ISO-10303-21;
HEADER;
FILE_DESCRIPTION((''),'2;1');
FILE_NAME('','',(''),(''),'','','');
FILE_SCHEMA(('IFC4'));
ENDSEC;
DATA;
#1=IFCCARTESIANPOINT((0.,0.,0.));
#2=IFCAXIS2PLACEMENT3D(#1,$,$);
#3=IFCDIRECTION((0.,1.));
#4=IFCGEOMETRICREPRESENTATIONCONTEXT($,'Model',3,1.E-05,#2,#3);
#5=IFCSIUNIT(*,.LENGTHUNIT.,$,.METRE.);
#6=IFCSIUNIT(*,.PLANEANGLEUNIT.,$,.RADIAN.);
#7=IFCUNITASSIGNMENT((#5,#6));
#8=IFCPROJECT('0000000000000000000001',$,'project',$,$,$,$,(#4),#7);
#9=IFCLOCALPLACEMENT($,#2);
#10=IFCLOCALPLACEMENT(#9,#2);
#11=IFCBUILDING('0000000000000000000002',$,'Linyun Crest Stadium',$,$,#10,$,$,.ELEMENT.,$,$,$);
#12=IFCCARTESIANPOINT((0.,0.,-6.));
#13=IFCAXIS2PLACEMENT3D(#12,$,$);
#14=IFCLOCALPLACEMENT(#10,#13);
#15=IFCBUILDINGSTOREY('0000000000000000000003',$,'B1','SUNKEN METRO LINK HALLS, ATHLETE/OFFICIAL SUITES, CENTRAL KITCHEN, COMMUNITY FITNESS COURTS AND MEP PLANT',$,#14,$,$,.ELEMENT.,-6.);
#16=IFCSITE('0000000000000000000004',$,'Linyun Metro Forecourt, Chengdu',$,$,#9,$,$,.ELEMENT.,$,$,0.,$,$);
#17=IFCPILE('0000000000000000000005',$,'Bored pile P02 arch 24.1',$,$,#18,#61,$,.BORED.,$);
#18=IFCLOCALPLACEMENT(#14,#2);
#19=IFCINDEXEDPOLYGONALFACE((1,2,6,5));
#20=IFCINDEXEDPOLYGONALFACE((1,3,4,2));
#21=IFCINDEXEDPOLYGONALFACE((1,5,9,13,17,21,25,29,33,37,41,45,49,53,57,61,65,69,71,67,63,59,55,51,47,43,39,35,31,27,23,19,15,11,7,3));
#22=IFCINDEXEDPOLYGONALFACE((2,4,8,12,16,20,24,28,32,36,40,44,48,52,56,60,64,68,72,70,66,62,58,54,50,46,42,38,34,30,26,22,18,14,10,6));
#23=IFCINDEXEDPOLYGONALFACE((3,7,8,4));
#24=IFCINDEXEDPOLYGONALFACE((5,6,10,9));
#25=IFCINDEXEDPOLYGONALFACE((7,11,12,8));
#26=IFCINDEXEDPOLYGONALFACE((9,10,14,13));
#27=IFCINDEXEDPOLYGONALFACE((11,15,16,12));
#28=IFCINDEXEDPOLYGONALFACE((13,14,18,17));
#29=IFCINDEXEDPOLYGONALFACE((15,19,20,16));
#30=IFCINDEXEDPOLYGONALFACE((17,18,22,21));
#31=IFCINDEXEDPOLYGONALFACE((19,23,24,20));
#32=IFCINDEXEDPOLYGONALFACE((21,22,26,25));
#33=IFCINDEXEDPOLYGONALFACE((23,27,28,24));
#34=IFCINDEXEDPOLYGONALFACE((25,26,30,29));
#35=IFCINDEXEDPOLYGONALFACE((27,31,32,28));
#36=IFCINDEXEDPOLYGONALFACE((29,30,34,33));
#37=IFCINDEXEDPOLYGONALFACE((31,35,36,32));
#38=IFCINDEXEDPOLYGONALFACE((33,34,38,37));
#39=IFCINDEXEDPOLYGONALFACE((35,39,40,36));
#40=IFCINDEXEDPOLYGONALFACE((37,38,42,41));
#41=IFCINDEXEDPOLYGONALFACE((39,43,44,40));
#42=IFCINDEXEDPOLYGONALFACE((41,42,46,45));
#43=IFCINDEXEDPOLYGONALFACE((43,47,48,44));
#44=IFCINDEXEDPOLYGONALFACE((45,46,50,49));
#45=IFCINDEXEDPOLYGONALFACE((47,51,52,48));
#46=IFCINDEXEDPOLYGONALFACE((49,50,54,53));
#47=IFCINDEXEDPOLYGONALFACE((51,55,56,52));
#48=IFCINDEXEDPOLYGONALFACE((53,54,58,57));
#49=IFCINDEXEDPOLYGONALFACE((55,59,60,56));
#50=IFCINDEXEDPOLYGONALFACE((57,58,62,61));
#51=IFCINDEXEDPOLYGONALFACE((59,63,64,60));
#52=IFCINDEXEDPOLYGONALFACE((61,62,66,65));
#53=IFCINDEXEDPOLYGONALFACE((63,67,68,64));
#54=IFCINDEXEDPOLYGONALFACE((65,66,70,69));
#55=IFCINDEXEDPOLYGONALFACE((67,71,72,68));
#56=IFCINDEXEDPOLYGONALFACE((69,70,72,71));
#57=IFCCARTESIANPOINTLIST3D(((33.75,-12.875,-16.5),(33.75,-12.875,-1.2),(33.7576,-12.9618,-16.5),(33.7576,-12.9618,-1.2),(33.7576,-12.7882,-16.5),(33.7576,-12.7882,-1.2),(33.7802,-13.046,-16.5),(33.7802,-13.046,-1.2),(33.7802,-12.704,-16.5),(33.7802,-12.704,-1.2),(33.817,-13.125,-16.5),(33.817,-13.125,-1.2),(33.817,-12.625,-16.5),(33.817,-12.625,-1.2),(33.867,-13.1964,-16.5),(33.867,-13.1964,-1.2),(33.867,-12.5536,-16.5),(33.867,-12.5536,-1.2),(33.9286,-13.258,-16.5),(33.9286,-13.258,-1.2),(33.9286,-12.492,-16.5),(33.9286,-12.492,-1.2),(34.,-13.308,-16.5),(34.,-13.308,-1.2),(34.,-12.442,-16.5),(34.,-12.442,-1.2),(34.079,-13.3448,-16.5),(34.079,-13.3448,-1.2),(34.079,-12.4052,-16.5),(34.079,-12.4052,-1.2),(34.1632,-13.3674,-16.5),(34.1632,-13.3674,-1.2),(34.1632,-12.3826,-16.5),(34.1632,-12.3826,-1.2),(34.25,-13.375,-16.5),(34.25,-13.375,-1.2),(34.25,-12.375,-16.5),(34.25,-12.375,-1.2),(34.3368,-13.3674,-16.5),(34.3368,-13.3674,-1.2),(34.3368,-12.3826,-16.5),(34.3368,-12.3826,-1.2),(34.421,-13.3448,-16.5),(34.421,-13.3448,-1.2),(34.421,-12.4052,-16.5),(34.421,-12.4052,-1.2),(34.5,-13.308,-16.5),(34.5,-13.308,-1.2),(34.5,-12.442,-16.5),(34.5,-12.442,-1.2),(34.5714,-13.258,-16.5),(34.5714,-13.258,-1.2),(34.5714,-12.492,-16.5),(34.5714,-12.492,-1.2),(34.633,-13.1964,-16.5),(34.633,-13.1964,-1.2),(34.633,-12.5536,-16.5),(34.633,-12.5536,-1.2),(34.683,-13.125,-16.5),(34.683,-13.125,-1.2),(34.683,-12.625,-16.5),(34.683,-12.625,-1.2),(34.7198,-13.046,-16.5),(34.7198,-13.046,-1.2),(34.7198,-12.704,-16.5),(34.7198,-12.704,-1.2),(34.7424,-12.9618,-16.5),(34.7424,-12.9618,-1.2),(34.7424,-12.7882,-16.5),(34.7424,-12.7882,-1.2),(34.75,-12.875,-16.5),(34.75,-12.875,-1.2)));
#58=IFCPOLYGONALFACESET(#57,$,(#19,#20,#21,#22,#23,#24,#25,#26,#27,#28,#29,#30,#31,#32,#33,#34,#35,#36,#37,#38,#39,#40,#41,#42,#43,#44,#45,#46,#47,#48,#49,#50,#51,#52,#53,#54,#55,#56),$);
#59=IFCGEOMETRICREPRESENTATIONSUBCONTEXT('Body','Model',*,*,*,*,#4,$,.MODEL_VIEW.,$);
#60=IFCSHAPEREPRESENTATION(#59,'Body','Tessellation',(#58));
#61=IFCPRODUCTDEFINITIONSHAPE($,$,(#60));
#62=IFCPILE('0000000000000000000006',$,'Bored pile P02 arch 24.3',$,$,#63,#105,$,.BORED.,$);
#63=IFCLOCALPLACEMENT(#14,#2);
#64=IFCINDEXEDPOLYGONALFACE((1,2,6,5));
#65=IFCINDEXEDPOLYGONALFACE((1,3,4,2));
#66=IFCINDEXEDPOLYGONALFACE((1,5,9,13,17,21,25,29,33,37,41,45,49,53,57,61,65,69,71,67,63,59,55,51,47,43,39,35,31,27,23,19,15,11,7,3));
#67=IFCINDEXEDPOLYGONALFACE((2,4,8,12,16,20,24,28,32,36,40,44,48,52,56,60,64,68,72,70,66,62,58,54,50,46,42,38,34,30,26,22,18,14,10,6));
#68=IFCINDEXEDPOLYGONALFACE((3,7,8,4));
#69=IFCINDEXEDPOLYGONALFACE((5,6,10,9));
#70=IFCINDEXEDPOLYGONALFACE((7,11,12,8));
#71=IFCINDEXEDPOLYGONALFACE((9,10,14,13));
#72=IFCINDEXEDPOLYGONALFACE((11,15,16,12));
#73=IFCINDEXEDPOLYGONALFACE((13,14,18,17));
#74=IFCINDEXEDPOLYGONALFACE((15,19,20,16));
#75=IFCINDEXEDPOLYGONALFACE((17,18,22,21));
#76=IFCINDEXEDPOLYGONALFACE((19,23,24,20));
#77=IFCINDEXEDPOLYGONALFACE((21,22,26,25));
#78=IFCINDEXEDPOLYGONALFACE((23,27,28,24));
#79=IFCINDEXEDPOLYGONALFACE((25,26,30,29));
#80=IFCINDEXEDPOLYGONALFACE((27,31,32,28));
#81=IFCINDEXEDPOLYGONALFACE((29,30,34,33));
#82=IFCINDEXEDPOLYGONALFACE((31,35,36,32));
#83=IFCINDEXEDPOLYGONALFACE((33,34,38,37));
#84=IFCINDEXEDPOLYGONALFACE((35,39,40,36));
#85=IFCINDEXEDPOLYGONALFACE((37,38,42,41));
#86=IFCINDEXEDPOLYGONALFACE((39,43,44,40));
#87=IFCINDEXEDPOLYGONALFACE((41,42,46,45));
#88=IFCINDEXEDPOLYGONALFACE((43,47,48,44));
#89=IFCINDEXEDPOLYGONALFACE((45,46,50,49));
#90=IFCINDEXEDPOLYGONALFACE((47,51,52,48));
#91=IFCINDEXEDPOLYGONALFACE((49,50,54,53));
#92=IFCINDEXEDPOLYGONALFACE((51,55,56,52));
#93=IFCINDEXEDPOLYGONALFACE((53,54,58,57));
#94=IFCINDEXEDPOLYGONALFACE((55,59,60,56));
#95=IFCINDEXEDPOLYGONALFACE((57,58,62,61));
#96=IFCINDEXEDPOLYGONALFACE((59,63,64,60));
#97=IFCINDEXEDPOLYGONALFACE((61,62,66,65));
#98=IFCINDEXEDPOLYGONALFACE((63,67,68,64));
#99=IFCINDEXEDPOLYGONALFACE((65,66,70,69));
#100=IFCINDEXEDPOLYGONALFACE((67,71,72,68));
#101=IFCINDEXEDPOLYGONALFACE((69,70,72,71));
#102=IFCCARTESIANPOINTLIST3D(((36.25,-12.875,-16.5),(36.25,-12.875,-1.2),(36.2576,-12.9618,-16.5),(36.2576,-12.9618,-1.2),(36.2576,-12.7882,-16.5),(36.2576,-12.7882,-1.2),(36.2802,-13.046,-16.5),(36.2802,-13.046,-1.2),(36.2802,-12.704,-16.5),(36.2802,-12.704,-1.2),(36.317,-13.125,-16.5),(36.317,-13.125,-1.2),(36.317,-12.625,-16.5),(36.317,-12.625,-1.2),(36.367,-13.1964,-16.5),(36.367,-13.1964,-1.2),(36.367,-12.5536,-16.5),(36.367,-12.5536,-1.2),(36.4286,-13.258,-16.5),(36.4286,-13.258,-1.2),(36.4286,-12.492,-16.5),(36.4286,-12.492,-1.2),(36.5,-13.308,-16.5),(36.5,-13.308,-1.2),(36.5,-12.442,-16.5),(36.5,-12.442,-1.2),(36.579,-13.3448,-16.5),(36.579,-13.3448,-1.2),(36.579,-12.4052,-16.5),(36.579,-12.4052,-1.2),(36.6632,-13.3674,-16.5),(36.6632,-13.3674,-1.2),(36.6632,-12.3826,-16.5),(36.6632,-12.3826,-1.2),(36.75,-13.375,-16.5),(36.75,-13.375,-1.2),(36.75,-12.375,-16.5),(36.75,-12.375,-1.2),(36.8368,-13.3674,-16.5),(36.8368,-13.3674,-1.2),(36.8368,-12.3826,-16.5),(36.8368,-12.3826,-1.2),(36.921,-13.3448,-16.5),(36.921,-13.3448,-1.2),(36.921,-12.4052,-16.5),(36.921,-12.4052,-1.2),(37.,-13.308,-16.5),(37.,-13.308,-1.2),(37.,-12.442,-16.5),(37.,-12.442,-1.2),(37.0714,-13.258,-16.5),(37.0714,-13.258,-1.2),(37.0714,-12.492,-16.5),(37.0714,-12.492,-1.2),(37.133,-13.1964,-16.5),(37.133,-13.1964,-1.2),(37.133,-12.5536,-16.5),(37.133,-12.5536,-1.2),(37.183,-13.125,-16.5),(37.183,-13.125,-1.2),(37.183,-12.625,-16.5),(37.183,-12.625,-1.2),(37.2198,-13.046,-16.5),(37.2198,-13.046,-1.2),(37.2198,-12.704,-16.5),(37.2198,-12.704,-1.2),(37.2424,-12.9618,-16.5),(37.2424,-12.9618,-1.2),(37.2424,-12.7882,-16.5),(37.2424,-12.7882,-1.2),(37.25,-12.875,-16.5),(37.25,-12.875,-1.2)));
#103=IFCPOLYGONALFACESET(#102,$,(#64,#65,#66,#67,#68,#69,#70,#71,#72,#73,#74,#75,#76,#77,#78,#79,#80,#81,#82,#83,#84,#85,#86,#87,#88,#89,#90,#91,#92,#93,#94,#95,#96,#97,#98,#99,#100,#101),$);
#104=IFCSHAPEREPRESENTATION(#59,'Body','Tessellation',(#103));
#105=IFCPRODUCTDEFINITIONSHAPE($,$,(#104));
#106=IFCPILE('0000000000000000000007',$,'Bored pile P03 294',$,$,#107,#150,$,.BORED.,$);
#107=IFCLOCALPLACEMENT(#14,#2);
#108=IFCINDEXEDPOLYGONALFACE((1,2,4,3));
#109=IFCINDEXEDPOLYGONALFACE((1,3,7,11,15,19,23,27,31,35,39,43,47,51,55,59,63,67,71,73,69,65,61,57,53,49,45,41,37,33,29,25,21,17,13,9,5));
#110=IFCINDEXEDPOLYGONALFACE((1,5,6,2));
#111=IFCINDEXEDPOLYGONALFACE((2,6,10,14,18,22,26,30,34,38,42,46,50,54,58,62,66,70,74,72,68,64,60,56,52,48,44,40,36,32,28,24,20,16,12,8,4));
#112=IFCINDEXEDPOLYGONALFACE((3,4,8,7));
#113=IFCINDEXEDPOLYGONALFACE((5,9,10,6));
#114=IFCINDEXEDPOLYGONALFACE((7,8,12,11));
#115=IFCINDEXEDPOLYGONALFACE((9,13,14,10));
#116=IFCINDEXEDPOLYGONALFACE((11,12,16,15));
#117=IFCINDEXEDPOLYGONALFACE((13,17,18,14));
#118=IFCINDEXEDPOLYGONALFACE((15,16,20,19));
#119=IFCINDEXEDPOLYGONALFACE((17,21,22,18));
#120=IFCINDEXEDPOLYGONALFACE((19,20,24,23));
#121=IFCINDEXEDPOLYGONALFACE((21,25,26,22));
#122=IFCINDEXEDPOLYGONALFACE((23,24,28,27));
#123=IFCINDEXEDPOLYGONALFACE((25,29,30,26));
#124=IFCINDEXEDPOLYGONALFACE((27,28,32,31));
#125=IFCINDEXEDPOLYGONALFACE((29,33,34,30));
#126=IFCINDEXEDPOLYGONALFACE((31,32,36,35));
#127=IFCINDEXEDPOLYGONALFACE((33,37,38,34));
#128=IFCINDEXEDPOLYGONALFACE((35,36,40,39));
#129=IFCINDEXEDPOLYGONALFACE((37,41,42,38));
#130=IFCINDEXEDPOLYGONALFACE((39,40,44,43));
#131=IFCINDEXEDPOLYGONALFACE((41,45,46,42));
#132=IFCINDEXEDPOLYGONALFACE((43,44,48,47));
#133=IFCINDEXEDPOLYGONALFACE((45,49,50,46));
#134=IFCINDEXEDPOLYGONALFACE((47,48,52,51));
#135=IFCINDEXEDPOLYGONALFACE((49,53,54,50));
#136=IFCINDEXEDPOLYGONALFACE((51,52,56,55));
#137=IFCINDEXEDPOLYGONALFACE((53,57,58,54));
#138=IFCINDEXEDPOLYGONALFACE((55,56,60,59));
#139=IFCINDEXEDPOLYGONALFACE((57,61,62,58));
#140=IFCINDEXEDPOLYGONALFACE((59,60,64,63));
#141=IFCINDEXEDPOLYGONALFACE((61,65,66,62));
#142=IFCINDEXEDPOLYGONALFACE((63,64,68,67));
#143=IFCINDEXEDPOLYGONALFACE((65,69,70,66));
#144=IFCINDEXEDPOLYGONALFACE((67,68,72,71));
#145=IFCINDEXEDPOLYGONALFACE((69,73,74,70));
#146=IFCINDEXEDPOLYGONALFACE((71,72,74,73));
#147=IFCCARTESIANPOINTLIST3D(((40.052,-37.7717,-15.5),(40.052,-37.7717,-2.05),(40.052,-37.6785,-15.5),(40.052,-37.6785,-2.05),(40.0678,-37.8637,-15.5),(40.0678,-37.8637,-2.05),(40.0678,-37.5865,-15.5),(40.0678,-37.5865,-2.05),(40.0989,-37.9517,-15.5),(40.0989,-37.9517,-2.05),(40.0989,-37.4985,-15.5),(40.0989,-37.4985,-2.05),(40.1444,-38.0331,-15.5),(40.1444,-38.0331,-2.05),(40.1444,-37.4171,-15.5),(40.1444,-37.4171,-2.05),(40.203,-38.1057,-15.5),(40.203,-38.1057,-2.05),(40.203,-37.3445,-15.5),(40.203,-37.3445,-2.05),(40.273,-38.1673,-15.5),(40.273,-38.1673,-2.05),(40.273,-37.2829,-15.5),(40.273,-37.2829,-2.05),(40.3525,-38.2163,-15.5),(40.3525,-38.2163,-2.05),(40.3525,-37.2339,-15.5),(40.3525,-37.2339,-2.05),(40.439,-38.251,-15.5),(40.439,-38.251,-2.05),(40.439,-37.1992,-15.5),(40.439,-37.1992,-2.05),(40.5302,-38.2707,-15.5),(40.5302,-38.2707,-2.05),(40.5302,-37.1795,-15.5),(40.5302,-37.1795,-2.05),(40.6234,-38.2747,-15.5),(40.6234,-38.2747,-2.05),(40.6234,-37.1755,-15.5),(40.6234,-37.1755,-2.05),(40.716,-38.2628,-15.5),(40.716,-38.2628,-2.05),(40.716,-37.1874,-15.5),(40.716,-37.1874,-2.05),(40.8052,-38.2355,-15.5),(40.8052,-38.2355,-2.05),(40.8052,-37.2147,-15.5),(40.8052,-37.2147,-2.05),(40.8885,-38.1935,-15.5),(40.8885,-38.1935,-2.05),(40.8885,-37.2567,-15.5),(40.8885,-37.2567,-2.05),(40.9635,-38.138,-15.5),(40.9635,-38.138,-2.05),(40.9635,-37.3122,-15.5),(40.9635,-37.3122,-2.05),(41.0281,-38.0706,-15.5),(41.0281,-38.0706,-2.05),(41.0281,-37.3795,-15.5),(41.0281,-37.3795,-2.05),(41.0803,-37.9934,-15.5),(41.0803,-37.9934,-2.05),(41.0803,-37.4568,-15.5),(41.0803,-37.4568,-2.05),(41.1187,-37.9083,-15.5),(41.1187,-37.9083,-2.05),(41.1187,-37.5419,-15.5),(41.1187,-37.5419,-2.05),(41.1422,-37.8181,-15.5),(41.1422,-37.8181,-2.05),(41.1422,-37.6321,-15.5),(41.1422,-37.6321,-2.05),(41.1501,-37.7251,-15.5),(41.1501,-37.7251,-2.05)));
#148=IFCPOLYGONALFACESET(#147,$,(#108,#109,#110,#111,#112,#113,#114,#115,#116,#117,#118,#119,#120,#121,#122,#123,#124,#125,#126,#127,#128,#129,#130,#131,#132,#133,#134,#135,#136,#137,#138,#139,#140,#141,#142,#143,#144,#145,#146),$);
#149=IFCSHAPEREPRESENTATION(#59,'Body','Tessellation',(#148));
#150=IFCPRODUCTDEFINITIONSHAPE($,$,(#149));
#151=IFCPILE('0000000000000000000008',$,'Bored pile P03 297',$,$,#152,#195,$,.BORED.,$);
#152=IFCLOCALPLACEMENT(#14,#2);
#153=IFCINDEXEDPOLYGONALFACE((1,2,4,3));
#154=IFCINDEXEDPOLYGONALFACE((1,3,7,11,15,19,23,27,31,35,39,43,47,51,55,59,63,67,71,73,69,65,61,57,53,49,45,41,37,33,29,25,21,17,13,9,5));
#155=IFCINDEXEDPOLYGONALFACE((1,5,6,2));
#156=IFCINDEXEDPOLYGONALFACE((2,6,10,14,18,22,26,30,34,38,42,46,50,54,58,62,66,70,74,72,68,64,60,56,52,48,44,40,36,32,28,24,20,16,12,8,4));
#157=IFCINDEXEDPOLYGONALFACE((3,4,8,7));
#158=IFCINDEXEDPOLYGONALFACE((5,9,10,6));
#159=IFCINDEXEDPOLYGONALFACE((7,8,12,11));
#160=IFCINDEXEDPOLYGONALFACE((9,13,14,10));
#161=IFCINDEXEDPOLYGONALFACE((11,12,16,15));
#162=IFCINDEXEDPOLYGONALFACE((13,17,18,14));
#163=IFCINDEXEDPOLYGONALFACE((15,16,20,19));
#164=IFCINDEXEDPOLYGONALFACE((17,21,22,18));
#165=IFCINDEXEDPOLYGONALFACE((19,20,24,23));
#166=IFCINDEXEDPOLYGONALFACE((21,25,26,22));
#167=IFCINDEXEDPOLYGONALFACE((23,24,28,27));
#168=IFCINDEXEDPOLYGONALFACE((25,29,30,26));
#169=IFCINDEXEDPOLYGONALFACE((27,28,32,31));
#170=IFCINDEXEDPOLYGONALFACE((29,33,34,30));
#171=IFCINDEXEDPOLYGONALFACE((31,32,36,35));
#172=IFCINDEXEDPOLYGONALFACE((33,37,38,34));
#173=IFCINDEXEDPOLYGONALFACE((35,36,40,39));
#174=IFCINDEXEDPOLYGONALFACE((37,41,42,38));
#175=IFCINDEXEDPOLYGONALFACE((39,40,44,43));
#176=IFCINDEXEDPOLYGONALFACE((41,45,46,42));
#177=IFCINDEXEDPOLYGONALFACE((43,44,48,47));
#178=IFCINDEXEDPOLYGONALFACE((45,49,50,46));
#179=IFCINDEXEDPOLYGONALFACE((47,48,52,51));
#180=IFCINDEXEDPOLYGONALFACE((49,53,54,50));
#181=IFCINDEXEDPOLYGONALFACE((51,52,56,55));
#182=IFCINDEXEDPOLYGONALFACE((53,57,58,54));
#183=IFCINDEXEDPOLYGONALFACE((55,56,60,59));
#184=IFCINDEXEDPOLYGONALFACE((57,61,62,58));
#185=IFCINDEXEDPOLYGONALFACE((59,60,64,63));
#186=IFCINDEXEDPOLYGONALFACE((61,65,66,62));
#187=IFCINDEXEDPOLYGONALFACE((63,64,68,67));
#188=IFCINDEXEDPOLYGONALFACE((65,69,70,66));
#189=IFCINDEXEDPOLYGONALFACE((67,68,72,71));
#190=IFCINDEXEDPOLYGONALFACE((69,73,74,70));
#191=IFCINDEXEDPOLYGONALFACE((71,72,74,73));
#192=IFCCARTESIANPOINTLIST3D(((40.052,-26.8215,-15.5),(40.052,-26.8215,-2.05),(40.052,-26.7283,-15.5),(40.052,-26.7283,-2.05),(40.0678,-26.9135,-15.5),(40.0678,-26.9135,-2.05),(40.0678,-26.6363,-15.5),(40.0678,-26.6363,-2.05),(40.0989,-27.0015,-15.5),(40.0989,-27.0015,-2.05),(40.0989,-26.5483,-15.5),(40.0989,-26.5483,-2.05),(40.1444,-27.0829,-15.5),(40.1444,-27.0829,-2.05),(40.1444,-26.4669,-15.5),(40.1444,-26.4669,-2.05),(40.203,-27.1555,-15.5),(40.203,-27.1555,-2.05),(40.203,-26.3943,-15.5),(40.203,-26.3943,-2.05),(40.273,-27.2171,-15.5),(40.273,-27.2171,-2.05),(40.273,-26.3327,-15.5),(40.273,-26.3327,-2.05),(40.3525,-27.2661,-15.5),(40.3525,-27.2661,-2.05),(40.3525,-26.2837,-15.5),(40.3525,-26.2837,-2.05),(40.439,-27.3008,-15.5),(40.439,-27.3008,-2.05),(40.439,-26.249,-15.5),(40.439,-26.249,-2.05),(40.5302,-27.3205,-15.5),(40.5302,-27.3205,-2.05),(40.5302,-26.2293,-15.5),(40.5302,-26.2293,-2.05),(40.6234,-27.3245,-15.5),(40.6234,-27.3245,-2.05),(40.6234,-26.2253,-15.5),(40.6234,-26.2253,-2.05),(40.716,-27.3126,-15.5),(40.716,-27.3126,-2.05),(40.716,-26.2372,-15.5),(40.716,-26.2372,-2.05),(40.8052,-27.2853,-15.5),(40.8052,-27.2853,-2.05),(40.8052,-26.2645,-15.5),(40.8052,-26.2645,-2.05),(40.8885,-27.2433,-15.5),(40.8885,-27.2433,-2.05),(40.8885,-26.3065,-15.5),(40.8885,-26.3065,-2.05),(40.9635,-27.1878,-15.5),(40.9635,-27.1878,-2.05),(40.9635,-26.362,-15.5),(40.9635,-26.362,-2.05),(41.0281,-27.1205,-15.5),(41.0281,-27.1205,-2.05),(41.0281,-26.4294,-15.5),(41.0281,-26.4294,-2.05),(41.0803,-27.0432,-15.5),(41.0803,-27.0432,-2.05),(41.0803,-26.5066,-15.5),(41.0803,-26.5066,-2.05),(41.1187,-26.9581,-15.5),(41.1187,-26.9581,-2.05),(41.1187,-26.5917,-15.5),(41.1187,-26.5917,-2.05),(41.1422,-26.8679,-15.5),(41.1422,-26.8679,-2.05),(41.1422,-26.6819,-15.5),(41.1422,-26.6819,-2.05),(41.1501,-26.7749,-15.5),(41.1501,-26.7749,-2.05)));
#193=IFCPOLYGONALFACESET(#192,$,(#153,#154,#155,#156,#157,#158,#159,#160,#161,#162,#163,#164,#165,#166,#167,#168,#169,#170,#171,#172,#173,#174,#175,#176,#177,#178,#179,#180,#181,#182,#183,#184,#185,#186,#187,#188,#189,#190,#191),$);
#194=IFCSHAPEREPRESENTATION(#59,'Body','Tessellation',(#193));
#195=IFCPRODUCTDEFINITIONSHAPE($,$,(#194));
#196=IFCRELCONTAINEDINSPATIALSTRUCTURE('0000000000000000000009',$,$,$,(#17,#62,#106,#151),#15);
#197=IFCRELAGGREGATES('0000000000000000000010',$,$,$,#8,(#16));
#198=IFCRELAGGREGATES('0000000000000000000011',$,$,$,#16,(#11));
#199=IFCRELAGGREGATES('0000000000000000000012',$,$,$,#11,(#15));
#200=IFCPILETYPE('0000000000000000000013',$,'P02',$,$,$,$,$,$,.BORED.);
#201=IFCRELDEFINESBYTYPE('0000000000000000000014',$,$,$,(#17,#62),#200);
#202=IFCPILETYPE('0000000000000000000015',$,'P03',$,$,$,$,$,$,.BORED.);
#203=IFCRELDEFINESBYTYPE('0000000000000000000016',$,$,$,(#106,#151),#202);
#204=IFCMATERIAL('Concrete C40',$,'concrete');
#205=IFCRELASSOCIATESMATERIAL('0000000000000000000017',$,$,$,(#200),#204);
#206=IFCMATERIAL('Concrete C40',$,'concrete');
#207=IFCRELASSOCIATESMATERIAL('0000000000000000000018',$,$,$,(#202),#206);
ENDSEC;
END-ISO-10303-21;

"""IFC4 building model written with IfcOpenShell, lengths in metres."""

from ifc_helpers import new_model, si_unit, direction, frame, origin, origin_2d, place, context, subcontext, project, spatial, circle, extrude, material, material_profile, profile_set, type_object, element, save


model = new_model("IFC4")

# Units and contexts
model_context = context("Model", 3, precision=1e-05, world=origin(), true_north=direction((0.0, 1.0)))
body_context = subcontext(model_context, "Body", "Model", "MODEL_VIEW")
ifc_project = project(units=[si_unit("LENGTHUNIT", "METRE"), si_unit("PLANEANGLEUNIT", "RADIAN")], contexts=[model_context])

# Site, building, storey
site_placement = place(None, origin())
site = spatial("IfcSite", under=ifc_project, at=site_placement, Name="Linyun Metro Forecourt, Chengdu", CompositionType="ELEMENT", RefElevation=0.0)
building_placement = place(site_placement, origin())
building = spatial("IfcBuilding", under=site, at=building_placement, Name="Linyun Crest Stadium", CompositionType="ELEMENT")
storey_placement = place(building_placement, frame((0.0, 0.0, -6.0)))
storey = spatial("IfcBuildingStorey", under=building, at=storey_placement, Name="B1", Description="SUNKEN METRO LINK HALLS, ATHLETE/OFFICIAL SUITES, CENTRAL KITCHEN, COMMUNITY FITNESS COURTS AND MEP PLANT", CompositionType="ELEMENT", Elevation=-6.0)

# Piles
ifc_material_1 = material(Name="Concrete C40", Category="concrete")
ifc_material_profile_1 = material_profile(ifc_material_1, circle(Radius=0.5, at=origin_2d()), Name="BORED PILE 1000")
ifc_profile_set_1 = profile_set([ifc_material_profile_1], Name="Concrete C40")
pile_type_1 = type_object("IfcPileType", Name="P02", PredefinedType="BORED", material=ifc_profile_set_1)
for number, where, z_axis, x_axis, name in (
    (1, (34.25, -12.875, -1.2), (0.0, 0.0, -1.0), (1.0, 0.0, 0.0), "Bored pile P02 arch 24.1"),
    (2, (36.75, -12.875, -1.2), (0.0, 0.0, -1.0), (1.0, 0.0, 0.0), "Bored pile P02 arch 24.3"),
):
    element("IfcPile", number, at=place(storey_placement, frame(where, z_axis=z_axis, x_axis=x_axis)), inside=storey, type_object=pile_type_1, Name=name, PredefinedType="BORED", context=body_context, shape_type="SweptSolid", body=[
        extrude(circle(Radius=0.5, at=origin_2d()), origin(), (0.0, 0.0, 1.0), 15.3),
    ])
ifc_material_2 = material(Name="Concrete C40", Category="concrete")
ifc_material_profile_2 = material_profile(ifc_material_2, circle(Radius=0.55, at=origin_2d()), Name="BORED PILE 1100")
ifc_profile_set_2 = profile_set([ifc_material_profile_2], Name="Concrete C40")
pile_type_2 = type_object("IfcPileType", Name="P03", PredefinedType="BORED", material=ifc_profile_set_2)
for number, where, z_axis, x_axis, name in (
    (3, (40.6001, -37.7251, -2.05), (0.0, 0.0, -1.0), (1.0, 0.0, 0.0), "Bored pile P03 294"),
    (4, (40.6001, -26.7749, -2.05), (0.0, 0.0, -1.0), (1.0, 0.0, 0.0), "Bored pile P03 297"),
):
    element("IfcPile", number, at=place(storey_placement, frame(where, z_axis=z_axis, x_axis=x_axis)), inside=storey, type_object=pile_type_2, Name=name, PredefinedType="BORED", context=body_context, shape_type="SweptSolid", body=[
        extrude(circle(Radius=0.55, at=origin_2d()), origin(), (0.0, 0.0, 1.0), 13.45),
    ])

save(model, "model.ifc")
